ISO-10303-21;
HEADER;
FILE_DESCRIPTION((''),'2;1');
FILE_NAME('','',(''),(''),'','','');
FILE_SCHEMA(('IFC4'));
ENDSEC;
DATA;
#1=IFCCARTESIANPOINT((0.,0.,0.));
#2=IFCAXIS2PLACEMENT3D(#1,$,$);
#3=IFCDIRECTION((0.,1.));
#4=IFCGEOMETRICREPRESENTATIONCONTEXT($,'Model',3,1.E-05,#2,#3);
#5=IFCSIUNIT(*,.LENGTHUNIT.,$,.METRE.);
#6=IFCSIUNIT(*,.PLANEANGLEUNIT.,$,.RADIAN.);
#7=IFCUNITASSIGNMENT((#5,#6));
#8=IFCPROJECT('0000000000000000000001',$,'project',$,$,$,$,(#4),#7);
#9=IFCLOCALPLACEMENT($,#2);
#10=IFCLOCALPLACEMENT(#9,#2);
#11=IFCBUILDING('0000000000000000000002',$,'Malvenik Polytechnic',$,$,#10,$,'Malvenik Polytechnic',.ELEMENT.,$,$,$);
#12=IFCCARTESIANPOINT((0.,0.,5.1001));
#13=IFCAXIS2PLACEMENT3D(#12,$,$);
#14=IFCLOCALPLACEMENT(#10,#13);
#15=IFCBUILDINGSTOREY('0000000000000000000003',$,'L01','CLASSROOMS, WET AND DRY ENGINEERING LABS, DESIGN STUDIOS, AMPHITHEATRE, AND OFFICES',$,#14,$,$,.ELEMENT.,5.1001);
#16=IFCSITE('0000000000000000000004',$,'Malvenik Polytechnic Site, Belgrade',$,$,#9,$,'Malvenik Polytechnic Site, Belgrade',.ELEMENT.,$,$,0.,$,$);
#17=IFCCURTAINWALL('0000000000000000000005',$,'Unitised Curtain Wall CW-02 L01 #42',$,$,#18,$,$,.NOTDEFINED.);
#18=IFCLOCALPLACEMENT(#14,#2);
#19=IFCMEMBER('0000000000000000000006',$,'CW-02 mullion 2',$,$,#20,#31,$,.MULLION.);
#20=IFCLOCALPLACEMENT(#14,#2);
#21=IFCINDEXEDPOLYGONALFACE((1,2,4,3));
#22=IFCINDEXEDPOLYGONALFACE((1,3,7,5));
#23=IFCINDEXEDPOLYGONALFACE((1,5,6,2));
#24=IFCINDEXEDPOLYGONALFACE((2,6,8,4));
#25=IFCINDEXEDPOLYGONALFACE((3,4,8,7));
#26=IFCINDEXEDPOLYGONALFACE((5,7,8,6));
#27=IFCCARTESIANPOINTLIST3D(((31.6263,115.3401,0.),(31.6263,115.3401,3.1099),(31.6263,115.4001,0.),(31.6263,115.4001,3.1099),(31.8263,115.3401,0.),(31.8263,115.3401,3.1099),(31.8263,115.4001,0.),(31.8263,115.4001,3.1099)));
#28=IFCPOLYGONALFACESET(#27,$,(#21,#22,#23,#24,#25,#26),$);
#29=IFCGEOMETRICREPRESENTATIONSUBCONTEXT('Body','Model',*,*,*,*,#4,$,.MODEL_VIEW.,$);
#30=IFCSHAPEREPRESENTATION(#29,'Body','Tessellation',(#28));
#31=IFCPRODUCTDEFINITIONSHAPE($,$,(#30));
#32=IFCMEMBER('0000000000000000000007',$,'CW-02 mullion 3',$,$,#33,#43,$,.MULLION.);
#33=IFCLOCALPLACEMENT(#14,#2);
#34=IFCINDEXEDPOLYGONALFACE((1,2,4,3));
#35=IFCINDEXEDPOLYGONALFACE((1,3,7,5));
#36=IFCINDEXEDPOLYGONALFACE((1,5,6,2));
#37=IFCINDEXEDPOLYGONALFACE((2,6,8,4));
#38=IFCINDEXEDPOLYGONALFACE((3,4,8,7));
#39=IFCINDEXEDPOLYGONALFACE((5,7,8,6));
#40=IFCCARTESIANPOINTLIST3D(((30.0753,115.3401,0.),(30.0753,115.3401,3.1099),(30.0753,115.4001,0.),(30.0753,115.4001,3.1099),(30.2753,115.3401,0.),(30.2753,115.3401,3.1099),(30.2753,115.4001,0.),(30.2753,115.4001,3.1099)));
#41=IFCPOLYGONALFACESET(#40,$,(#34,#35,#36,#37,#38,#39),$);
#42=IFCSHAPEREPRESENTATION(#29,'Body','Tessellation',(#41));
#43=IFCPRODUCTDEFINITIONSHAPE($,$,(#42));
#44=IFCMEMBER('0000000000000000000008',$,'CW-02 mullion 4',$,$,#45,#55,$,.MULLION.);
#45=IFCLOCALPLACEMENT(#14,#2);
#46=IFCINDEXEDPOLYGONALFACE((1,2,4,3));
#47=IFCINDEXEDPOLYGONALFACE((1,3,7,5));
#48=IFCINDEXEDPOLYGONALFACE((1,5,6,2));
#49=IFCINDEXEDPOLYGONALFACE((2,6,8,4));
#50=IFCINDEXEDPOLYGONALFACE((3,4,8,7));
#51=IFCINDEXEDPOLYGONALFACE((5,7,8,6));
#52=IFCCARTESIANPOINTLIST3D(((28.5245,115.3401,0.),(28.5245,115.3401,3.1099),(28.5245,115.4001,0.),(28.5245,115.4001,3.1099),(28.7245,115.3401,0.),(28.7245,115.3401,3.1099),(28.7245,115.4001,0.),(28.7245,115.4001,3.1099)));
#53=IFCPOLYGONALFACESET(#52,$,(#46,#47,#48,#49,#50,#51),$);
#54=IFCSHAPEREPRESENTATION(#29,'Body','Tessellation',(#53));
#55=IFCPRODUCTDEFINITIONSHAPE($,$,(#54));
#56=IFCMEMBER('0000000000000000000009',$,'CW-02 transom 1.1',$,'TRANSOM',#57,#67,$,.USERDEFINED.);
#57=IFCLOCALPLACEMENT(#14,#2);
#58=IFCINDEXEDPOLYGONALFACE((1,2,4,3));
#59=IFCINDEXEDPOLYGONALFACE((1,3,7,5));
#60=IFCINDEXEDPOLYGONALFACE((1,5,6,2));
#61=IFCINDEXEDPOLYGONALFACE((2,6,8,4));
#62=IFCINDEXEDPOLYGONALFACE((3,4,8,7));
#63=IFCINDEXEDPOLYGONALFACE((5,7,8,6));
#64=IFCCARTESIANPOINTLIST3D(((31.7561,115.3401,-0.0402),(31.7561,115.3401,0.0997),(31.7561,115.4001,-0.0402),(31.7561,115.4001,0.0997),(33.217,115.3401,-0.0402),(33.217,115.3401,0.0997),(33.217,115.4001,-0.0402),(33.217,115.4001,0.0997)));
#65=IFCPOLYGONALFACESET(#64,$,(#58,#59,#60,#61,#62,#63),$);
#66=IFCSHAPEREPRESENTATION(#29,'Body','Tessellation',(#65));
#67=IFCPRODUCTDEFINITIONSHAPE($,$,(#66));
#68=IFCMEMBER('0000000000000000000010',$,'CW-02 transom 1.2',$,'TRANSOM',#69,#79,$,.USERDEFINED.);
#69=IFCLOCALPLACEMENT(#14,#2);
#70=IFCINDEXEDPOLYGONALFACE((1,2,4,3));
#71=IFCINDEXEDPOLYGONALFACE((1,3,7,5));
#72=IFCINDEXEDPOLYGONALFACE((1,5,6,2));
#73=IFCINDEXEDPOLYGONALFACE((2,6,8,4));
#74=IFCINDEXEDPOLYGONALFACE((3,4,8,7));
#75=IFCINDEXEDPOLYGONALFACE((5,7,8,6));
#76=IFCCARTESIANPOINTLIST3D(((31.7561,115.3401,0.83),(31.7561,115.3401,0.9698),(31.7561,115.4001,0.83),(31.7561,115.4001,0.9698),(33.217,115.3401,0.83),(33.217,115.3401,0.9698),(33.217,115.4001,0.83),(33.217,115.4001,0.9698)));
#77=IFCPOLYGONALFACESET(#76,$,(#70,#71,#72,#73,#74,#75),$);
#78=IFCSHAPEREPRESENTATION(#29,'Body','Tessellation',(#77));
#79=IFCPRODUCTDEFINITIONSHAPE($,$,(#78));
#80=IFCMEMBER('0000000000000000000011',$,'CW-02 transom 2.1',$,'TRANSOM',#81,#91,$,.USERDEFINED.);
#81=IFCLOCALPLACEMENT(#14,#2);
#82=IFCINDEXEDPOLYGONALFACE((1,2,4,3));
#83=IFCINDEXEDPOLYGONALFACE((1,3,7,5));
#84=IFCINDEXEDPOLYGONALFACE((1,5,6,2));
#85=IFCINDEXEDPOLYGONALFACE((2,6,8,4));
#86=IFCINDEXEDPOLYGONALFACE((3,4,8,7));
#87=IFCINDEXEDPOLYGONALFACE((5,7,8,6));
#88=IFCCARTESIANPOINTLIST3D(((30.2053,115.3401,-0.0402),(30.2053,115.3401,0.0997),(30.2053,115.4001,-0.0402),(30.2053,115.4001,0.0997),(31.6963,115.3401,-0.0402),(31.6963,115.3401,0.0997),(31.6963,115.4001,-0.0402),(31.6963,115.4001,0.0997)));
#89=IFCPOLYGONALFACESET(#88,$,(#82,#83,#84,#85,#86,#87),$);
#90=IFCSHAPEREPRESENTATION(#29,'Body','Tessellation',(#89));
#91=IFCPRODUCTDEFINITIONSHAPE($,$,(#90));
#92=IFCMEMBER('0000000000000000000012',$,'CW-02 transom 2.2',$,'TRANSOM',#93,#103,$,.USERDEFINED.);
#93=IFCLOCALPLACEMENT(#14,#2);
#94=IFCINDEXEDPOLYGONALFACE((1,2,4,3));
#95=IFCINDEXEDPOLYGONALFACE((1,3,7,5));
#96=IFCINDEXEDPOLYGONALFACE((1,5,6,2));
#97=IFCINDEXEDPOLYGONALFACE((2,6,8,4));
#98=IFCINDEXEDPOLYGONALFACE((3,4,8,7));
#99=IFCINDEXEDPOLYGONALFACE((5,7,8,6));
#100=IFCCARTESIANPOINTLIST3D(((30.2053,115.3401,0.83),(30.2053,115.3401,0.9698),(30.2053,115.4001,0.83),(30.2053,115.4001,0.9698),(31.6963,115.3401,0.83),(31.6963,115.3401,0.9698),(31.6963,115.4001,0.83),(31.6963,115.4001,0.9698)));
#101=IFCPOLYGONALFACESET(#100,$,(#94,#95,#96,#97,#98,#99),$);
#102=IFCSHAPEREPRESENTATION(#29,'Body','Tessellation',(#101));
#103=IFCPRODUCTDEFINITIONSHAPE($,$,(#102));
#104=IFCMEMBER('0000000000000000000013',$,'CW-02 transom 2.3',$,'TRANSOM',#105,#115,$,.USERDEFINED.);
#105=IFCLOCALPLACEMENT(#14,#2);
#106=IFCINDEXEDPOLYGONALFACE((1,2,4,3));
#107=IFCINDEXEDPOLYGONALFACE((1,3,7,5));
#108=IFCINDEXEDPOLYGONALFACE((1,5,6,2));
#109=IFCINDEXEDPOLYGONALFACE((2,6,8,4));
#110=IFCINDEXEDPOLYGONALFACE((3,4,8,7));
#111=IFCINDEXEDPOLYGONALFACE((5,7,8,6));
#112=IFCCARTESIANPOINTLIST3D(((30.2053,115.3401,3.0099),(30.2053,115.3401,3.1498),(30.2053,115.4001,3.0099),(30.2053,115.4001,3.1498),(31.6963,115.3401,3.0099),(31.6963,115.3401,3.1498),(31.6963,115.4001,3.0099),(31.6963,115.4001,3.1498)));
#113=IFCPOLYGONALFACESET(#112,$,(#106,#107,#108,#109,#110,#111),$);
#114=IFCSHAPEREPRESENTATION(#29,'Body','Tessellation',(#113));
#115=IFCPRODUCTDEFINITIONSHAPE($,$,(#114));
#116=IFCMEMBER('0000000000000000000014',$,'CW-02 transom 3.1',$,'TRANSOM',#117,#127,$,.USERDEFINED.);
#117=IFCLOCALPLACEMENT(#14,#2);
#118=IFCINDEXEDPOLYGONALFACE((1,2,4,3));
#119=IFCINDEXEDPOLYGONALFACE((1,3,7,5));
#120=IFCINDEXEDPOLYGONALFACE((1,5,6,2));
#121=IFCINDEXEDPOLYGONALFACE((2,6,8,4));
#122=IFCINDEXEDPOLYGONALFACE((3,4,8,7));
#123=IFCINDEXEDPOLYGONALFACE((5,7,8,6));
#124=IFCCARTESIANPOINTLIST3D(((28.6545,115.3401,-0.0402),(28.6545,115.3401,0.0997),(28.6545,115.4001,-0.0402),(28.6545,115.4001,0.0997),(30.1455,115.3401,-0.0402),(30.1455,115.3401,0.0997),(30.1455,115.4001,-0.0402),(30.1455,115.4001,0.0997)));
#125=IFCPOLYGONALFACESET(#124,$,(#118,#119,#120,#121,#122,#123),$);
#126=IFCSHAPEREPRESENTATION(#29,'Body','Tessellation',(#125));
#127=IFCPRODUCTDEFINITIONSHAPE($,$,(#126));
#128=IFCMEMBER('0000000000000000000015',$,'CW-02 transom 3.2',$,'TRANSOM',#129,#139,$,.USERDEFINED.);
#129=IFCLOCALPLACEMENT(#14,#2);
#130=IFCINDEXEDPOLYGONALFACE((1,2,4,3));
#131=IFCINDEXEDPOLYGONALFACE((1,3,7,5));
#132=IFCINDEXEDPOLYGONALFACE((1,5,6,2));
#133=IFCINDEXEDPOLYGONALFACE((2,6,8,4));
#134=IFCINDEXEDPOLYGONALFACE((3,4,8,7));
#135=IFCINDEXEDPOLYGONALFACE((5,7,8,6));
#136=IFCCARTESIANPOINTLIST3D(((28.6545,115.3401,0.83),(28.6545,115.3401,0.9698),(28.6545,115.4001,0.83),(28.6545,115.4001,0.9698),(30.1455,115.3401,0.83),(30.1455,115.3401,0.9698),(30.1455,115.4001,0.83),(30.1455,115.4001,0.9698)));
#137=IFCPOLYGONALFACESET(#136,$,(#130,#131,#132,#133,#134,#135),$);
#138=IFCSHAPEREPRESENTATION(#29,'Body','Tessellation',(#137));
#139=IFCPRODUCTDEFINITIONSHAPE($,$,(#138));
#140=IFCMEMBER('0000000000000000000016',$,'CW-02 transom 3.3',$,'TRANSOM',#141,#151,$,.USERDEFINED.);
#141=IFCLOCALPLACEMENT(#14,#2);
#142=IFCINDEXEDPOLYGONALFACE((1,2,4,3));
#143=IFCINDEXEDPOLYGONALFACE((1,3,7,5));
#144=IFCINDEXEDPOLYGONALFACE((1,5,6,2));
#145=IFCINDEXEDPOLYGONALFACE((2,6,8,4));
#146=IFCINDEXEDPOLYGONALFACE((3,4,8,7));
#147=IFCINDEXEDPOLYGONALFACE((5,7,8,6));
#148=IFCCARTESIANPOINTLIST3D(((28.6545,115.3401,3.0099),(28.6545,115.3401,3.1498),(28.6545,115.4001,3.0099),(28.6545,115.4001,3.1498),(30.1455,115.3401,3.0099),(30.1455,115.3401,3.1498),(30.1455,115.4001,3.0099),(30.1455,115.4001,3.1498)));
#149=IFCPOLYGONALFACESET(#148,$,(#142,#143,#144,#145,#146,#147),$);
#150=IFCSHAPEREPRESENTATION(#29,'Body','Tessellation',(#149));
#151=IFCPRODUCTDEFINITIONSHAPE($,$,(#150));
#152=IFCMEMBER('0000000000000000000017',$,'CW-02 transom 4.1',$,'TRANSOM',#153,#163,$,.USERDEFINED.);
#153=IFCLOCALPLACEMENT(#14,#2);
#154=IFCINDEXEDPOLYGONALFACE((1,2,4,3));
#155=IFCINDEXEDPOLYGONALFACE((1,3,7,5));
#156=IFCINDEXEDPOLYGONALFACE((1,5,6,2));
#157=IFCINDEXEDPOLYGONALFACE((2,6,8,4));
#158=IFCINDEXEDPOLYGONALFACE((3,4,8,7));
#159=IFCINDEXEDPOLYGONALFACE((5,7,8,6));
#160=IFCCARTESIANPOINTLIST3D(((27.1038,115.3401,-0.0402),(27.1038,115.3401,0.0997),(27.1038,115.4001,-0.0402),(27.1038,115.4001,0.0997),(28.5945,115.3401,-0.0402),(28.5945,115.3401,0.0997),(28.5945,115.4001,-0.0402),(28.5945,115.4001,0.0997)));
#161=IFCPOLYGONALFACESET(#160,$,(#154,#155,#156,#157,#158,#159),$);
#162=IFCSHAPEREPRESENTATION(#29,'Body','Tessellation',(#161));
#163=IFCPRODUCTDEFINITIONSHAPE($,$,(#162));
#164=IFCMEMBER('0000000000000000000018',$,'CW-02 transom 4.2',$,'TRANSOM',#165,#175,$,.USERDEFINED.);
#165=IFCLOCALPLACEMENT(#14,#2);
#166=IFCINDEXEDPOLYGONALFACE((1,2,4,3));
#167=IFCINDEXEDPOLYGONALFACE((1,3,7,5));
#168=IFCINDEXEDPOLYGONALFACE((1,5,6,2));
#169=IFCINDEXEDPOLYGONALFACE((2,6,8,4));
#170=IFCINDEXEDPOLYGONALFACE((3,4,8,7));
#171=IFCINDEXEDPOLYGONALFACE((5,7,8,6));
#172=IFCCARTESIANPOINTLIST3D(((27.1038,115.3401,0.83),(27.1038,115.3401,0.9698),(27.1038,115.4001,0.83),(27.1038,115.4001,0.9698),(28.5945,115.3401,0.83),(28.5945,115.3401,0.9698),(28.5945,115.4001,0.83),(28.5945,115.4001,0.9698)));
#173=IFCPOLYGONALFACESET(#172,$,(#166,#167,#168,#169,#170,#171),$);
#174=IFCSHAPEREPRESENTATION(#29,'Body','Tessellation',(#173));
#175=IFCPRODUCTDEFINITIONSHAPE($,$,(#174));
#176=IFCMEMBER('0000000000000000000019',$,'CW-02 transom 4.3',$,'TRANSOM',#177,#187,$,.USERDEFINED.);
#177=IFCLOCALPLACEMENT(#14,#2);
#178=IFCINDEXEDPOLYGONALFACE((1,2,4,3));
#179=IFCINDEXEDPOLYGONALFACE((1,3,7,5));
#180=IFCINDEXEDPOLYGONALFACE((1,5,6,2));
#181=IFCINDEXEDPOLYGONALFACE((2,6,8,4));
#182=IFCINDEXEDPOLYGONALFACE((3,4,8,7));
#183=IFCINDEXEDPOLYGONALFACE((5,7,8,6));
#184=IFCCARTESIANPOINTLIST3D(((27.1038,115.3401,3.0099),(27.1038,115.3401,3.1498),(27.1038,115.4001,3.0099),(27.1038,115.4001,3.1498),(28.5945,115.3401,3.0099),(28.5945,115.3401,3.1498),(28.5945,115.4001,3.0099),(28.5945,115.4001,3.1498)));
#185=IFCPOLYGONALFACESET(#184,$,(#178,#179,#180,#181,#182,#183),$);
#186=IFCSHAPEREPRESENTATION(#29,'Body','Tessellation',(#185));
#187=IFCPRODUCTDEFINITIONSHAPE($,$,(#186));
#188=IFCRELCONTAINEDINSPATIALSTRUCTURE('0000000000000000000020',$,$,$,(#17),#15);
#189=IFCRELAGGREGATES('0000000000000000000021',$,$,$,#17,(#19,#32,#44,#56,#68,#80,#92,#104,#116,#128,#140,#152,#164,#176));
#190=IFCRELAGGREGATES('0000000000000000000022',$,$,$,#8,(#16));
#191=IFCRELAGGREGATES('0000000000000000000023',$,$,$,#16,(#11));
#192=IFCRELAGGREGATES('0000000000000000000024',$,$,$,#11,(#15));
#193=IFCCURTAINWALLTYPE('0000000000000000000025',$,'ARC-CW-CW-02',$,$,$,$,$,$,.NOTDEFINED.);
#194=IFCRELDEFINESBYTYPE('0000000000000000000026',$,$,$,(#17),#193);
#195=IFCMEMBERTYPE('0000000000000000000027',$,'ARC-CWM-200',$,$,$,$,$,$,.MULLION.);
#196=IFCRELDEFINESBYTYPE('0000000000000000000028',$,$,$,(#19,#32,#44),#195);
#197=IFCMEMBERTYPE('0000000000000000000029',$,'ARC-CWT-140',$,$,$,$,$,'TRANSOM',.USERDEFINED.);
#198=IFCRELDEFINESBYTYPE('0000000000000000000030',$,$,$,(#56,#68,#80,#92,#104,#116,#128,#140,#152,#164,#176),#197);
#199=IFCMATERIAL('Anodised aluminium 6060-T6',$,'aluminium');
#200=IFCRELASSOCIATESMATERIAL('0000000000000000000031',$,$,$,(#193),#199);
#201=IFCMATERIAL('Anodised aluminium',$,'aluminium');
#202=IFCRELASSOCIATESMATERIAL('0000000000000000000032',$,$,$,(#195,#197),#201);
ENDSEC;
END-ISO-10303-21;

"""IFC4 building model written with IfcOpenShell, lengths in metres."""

from ifc_helpers import new_model, si_unit, direction, frame, origin, origin_2d, place, context, subcontext, project, spatial, rectangle, extrude, material, material_profile, profile_set, type_object, element, aggregate, save


model = new_model("IFC4")

# Units and contexts
model_context = context("Model", 3, precision=1e-05, world=origin(), true_north=direction((0.0, 1.0)))
body_context = subcontext(model_context, "Body", "Model", "MODEL_VIEW")
ifc_project = project(units=[si_unit("LENGTHUNIT", "METRE"), si_unit("PLANEANGLEUNIT", "RADIAN")], contexts=[model_context])

# Site, building, storey
site_placement = place(None, origin())
site = spatial("IfcSite", under=ifc_project, at=site_placement, Name="Malvenik Polytechnic Site, Belgrade", LongName="Malvenik Polytechnic Site, Belgrade", CompositionType="ELEMENT", RefElevation=0.0)
building_placement = place(site_placement, origin())
building = spatial("IfcBuilding", under=site, at=building_placement, Name="Malvenik Polytechnic", LongName="Malvenik Polytechnic", CompositionType="ELEMENT")
storey_placement = place(building_placement, frame((0.0, 0.0, 5.1001)))
storey = spatial("IfcBuildingStorey", under=building, at=storey_placement, Name="L01", Description="CLASSROOMS, WET AND DRY ENGINEERING LABS, DESIGN STUDIOS, AMPHITHEATRE, AND OFFICES", CompositionType="ELEMENT", Elevation=5.1001)

# Curtain wall, members
ifc_material_1 = material(Name="Anodised aluminium 6060-T6", Category="aluminium")
curtain_wall_type = type_object("IfcCurtainWallType", Name="ARC-CW-CW-02", PredefinedType="NOTDEFINED", material=ifc_material_1)
curtain_wall_placement = place(storey_placement, origin())
curtain_wall = element("IfcCurtainWall", 1, at=curtain_wall_placement, inside=storey, type_object=curtain_wall_type, Name="Unitised Curtain Wall CW-02 L01 #42", PredefinedType="NOTDEFINED")
ifc_material_2 = material(Name="Anodised aluminium", Category="aluminium")
ifc_material_profile_1 = material_profile(ifc_material_2, rectangle(XDim=0.0601, YDim=0.2, at=origin_2d()), Name="ALU MULLION 60x200")
ifc_profile_set_1 = profile_set([ifc_material_profile_1], Name="Anodised aluminium")
member_type_1 = type_object("IfcMemberType", Name="ARC-CWM-200", PredefinedType="MULLION", material=ifc_profile_set_1)
member_1_placement = place(storey_placement, frame((31.7263, 115.3701, 0.0), z_axis=(0.0, 0.0, 1.0), x_axis=(0.0, -1.0, 0.0)))
member_1 = element("IfcMember", 2, at=member_1_placement, type_object=member_type_1, Name="CW-02 mullion 2", PredefinedType="MULLION", context=body_context, shape_type="SweptSolid", body=[
    extrude(rectangle(XDim=0.0601, YDim=0.2, at=origin_2d()), origin(), (0.0, 0.0, 1.0), 3.1099),
])
member_2_placement = place(storey_placement, frame((30.1753, 115.3701, 0.0), z_axis=(0.0, 0.0, 1.0), x_axis=(0.0, -1.0, 0.0)))
member_2 = element("IfcMember", 3, at=member_2_placement, type_object=member_type_1, Name="CW-02 mullion 3", PredefinedType="MULLION", context=body_context, shape_type="SweptSolid", body=[
    extrude(rectangle(XDim=0.0601, YDim=0.2, at=origin_2d()), origin(), (0.0, 0.0, 1.0), 3.1099),
])
member_3_placement = place(storey_placement, frame((28.6245, 115.3701, 0.0), z_axis=(0.0, 0.0, 1.0), x_axis=(0.0, -1.0, 0.0)))
member_3 = element("IfcMember", 4, at=member_3_placement, type_object=member_type_1, Name="CW-02 mullion 4", PredefinedType="MULLION", context=body_context, shape_type="SweptSolid", body=[
    extrude(rectangle(XDim=0.0601, YDim=0.2, at=origin_2d()), origin(), (0.0, 0.0, 1.0), 3.1099),
])
ifc_material_profile_2 = material_profile(ifc_material_2, rectangle(XDim=0.0601, YDim=0.1399, at=origin_2d()), Name="ALU TRANSOM 60x140")
ifc_profile_set_2 = profile_set([ifc_material_profile_2], Name="Anodised aluminium")
member_type_2 = type_object("IfcMemberType", Name="ARC-CWT-140", ElementType="TRANSOM", PredefinedType="USERDEFINED", material=ifc_profile_set_2)
member_4_placement = place(storey_placement, frame((33.217, 115.3701, 0.0298), z_axis=(-1.0, 0.0, 0.0), x_axis=(0.0, -1.0, 0.0)))
member_4 = element("IfcMember", 5, at=member_4_placement, type_object=member_type_2, Name="CW-02 transom 1.1", ObjectType="TRANSOM", PredefinedType="USERDEFINED", context=body_context, shape_type="SweptSolid", body=[
    extrude(rectangle(XDim=0.0601, YDim=0.1399, at=origin_2d()), origin(), (0.0, 0.0, 1.0), 1.4609),
])
member_5_placement = place(storey_placement, frame((33.217, 115.3701, 0.8999), z_axis=(-1.0, 0.0, 0.0), x_axis=(0.0, -1.0, 0.0)))
member_5 = element("IfcMember", 6, at=member_5_placement, type_object=member_type_2, Name="CW-02 transom 1.2", ObjectType="TRANSOM", PredefinedType="USERDEFINED", context=body_context, shape_type="SweptSolid", body=[
    extrude(rectangle(XDim=0.0601, YDim=0.1399, at=origin_2d()), origin(), (0.0, 0.0, 1.0), 1.4609),
])
member_6_placement = place(storey_placement, frame((31.6963, 115.3701, 0.0298), z_axis=(-1.0, 0.0, 0.0), x_axis=(0.0, -1.0, 0.0)))
member_6 = element("IfcMember", 7, at=member_6_placement, type_object=member_type_2, Name="CW-02 transom 2.1", ObjectType="TRANSOM", PredefinedType="USERDEFINED", context=body_context, shape_type="SweptSolid", body=[
    extrude(rectangle(XDim=0.0601, YDim=0.1399, at=origin_2d()), origin(), (0.0, 0.0, 1.0), 1.491),
])
member_7_placement = place(storey_placement, frame((31.6963, 115.3701, 0.8999), z_axis=(-1.0, 0.0, 0.0), x_axis=(0.0, -1.0, 0.0)))
member_7 = element("IfcMember", 8, at=member_7_placement, type_object=member_type_2, Name="CW-02 transom 2.2", ObjectType="TRANSOM", PredefinedType="USERDEFINED", context=body_context, shape_type="SweptSolid", body=[
    extrude(rectangle(XDim=0.0601, YDim=0.1399, at=origin_2d()), origin(), (0.0, 0.0, 1.0), 1.491),
])
member_8_placement = place(storey_placement, frame((31.6963, 115.3701, 3.0798), z_axis=(-1.0, 0.0, 0.0), x_axis=(0.0, -1.0, 0.0)))
member_8 = element("IfcMember", 9, at=member_8_placement, type_object=member_type_2, Name="CW-02 transom 2.3", ObjectType="TRANSOM", PredefinedType="USERDEFINED", context=body_context, shape_type="SweptSolid", body=[
    extrude(rectangle(XDim=0.0601, YDim=0.1399, at=origin_2d()), origin(), (0.0, 0.0, 1.0), 1.491),
])
member_9_placement = place(storey_placement, frame((30.1455, 115.3701, 0.0298), z_axis=(-1.0, 0.0, 0.0), x_axis=(0.0, -1.0, 0.0)))
member_9 = element("IfcMember", 10, at=member_9_placement, type_object=member_type_2, Name="CW-02 transom 3.1", ObjectType="TRANSOM", PredefinedType="USERDEFINED", context=body_context, shape_type="SweptSolid", body=[
    extrude(rectangle(XDim=0.0601, YDim=0.1399, at=origin_2d()), origin(), (0.0, 0.0, 1.0), 1.491),
])
member_10_placement = place(storey_placement, frame((30.1455, 115.3701, 0.8999), z_axis=(-1.0, 0.0, 0.0), x_axis=(0.0, -1.0, 0.0)))
member_10 = element("IfcMember", 11, at=member_10_placement, type_object=member_type_2, Name="CW-02 transom 3.2", ObjectType="TRANSOM", PredefinedType="USERDEFINED", context=body_context, shape_type="SweptSolid", body=[
    extrude(rectangle(XDim=0.0601, YDim=0.1399, at=origin_2d()), origin(), (0.0, 0.0, 1.0), 1.491),
])
member_11_placement = place(storey_placement, frame((30.1455, 115.3701, 3.0798), z_axis=(-1.0, 0.0, 0.0), x_axis=(0.0, -1.0, 0.0)))
member_11 = element("IfcMember", 12, at=member_11_placement, type_object=member_type_2, Name="CW-02 transom 3.3", ObjectType="TRANSOM", PredefinedType="USERDEFINED", context=body_context, shape_type="SweptSolid", body=[
    extrude(rectangle(XDim=0.0601, YDim=0.1399, at=origin_2d()), origin(), (0.0, 0.0, 1.0), 1.491),
])
member_12_placement = place(storey_placement, frame((28.5945, 115.3701, 0.0298), z_axis=(-1.0, 0.0, 0.0), x_axis=(0.0, -1.0, 0.0)))
member_12 = element("IfcMember", 13, at=member_12_placement, type_object=member_type_2, Name="CW-02 transom 4.1", ObjectType="TRANSOM", PredefinedType="USERDEFINED", context=body_context, shape_type="SweptSolid", body=[
    extrude(rectangle(XDim=0.0601, YDim=0.1399, at=origin_2d()), origin(), (0.0, 0.0, 1.0), 1.4907),
])
member_13_placement = place(storey_placement, frame((28.5945, 115.3701, 0.8999), z_axis=(-1.0, 0.0, 0.0), x_axis=(0.0, -1.0, 0.0)))
member_13 = element("IfcMember", 14, at=member_13_placement, type_object=member_type_2, Name="CW-02 transom 4.2", ObjectType="TRANSOM", PredefinedType="USERDEFINED", context=body_context, shape_type="SweptSolid", body=[
    extrude(rectangle(XDim=0.0601, YDim=0.1399, at=origin_2d()), origin(), (0.0, 0.0, 1.0), 1.4907),
])
member_14_placement = place(storey_placement, frame((28.5945, 115.3701, 3.0798), z_axis=(-1.0, 0.0, 0.0), x_axis=(0.0, -1.0, 0.0)))
member_14 = element("IfcMember", 15, at=member_14_placement, type_object=member_type_2, Name="CW-02 transom 4.3", ObjectType="TRANSOM", PredefinedType="USERDEFINED", context=body_context, shape_type="SweptSolid", body=[
    extrude(rectangle(XDim=0.0601, YDim=0.1399, at=origin_2d()), origin(), (0.0, 0.0, 1.0), 1.4907),
])
aggregate(curtain_wall, [member_1, member_2, member_3, member_4, member_5, member_6, member_7, member_8, member_9, member_10, member_11, member_12, member_13, member_14])

save(model, "model.ifc")
